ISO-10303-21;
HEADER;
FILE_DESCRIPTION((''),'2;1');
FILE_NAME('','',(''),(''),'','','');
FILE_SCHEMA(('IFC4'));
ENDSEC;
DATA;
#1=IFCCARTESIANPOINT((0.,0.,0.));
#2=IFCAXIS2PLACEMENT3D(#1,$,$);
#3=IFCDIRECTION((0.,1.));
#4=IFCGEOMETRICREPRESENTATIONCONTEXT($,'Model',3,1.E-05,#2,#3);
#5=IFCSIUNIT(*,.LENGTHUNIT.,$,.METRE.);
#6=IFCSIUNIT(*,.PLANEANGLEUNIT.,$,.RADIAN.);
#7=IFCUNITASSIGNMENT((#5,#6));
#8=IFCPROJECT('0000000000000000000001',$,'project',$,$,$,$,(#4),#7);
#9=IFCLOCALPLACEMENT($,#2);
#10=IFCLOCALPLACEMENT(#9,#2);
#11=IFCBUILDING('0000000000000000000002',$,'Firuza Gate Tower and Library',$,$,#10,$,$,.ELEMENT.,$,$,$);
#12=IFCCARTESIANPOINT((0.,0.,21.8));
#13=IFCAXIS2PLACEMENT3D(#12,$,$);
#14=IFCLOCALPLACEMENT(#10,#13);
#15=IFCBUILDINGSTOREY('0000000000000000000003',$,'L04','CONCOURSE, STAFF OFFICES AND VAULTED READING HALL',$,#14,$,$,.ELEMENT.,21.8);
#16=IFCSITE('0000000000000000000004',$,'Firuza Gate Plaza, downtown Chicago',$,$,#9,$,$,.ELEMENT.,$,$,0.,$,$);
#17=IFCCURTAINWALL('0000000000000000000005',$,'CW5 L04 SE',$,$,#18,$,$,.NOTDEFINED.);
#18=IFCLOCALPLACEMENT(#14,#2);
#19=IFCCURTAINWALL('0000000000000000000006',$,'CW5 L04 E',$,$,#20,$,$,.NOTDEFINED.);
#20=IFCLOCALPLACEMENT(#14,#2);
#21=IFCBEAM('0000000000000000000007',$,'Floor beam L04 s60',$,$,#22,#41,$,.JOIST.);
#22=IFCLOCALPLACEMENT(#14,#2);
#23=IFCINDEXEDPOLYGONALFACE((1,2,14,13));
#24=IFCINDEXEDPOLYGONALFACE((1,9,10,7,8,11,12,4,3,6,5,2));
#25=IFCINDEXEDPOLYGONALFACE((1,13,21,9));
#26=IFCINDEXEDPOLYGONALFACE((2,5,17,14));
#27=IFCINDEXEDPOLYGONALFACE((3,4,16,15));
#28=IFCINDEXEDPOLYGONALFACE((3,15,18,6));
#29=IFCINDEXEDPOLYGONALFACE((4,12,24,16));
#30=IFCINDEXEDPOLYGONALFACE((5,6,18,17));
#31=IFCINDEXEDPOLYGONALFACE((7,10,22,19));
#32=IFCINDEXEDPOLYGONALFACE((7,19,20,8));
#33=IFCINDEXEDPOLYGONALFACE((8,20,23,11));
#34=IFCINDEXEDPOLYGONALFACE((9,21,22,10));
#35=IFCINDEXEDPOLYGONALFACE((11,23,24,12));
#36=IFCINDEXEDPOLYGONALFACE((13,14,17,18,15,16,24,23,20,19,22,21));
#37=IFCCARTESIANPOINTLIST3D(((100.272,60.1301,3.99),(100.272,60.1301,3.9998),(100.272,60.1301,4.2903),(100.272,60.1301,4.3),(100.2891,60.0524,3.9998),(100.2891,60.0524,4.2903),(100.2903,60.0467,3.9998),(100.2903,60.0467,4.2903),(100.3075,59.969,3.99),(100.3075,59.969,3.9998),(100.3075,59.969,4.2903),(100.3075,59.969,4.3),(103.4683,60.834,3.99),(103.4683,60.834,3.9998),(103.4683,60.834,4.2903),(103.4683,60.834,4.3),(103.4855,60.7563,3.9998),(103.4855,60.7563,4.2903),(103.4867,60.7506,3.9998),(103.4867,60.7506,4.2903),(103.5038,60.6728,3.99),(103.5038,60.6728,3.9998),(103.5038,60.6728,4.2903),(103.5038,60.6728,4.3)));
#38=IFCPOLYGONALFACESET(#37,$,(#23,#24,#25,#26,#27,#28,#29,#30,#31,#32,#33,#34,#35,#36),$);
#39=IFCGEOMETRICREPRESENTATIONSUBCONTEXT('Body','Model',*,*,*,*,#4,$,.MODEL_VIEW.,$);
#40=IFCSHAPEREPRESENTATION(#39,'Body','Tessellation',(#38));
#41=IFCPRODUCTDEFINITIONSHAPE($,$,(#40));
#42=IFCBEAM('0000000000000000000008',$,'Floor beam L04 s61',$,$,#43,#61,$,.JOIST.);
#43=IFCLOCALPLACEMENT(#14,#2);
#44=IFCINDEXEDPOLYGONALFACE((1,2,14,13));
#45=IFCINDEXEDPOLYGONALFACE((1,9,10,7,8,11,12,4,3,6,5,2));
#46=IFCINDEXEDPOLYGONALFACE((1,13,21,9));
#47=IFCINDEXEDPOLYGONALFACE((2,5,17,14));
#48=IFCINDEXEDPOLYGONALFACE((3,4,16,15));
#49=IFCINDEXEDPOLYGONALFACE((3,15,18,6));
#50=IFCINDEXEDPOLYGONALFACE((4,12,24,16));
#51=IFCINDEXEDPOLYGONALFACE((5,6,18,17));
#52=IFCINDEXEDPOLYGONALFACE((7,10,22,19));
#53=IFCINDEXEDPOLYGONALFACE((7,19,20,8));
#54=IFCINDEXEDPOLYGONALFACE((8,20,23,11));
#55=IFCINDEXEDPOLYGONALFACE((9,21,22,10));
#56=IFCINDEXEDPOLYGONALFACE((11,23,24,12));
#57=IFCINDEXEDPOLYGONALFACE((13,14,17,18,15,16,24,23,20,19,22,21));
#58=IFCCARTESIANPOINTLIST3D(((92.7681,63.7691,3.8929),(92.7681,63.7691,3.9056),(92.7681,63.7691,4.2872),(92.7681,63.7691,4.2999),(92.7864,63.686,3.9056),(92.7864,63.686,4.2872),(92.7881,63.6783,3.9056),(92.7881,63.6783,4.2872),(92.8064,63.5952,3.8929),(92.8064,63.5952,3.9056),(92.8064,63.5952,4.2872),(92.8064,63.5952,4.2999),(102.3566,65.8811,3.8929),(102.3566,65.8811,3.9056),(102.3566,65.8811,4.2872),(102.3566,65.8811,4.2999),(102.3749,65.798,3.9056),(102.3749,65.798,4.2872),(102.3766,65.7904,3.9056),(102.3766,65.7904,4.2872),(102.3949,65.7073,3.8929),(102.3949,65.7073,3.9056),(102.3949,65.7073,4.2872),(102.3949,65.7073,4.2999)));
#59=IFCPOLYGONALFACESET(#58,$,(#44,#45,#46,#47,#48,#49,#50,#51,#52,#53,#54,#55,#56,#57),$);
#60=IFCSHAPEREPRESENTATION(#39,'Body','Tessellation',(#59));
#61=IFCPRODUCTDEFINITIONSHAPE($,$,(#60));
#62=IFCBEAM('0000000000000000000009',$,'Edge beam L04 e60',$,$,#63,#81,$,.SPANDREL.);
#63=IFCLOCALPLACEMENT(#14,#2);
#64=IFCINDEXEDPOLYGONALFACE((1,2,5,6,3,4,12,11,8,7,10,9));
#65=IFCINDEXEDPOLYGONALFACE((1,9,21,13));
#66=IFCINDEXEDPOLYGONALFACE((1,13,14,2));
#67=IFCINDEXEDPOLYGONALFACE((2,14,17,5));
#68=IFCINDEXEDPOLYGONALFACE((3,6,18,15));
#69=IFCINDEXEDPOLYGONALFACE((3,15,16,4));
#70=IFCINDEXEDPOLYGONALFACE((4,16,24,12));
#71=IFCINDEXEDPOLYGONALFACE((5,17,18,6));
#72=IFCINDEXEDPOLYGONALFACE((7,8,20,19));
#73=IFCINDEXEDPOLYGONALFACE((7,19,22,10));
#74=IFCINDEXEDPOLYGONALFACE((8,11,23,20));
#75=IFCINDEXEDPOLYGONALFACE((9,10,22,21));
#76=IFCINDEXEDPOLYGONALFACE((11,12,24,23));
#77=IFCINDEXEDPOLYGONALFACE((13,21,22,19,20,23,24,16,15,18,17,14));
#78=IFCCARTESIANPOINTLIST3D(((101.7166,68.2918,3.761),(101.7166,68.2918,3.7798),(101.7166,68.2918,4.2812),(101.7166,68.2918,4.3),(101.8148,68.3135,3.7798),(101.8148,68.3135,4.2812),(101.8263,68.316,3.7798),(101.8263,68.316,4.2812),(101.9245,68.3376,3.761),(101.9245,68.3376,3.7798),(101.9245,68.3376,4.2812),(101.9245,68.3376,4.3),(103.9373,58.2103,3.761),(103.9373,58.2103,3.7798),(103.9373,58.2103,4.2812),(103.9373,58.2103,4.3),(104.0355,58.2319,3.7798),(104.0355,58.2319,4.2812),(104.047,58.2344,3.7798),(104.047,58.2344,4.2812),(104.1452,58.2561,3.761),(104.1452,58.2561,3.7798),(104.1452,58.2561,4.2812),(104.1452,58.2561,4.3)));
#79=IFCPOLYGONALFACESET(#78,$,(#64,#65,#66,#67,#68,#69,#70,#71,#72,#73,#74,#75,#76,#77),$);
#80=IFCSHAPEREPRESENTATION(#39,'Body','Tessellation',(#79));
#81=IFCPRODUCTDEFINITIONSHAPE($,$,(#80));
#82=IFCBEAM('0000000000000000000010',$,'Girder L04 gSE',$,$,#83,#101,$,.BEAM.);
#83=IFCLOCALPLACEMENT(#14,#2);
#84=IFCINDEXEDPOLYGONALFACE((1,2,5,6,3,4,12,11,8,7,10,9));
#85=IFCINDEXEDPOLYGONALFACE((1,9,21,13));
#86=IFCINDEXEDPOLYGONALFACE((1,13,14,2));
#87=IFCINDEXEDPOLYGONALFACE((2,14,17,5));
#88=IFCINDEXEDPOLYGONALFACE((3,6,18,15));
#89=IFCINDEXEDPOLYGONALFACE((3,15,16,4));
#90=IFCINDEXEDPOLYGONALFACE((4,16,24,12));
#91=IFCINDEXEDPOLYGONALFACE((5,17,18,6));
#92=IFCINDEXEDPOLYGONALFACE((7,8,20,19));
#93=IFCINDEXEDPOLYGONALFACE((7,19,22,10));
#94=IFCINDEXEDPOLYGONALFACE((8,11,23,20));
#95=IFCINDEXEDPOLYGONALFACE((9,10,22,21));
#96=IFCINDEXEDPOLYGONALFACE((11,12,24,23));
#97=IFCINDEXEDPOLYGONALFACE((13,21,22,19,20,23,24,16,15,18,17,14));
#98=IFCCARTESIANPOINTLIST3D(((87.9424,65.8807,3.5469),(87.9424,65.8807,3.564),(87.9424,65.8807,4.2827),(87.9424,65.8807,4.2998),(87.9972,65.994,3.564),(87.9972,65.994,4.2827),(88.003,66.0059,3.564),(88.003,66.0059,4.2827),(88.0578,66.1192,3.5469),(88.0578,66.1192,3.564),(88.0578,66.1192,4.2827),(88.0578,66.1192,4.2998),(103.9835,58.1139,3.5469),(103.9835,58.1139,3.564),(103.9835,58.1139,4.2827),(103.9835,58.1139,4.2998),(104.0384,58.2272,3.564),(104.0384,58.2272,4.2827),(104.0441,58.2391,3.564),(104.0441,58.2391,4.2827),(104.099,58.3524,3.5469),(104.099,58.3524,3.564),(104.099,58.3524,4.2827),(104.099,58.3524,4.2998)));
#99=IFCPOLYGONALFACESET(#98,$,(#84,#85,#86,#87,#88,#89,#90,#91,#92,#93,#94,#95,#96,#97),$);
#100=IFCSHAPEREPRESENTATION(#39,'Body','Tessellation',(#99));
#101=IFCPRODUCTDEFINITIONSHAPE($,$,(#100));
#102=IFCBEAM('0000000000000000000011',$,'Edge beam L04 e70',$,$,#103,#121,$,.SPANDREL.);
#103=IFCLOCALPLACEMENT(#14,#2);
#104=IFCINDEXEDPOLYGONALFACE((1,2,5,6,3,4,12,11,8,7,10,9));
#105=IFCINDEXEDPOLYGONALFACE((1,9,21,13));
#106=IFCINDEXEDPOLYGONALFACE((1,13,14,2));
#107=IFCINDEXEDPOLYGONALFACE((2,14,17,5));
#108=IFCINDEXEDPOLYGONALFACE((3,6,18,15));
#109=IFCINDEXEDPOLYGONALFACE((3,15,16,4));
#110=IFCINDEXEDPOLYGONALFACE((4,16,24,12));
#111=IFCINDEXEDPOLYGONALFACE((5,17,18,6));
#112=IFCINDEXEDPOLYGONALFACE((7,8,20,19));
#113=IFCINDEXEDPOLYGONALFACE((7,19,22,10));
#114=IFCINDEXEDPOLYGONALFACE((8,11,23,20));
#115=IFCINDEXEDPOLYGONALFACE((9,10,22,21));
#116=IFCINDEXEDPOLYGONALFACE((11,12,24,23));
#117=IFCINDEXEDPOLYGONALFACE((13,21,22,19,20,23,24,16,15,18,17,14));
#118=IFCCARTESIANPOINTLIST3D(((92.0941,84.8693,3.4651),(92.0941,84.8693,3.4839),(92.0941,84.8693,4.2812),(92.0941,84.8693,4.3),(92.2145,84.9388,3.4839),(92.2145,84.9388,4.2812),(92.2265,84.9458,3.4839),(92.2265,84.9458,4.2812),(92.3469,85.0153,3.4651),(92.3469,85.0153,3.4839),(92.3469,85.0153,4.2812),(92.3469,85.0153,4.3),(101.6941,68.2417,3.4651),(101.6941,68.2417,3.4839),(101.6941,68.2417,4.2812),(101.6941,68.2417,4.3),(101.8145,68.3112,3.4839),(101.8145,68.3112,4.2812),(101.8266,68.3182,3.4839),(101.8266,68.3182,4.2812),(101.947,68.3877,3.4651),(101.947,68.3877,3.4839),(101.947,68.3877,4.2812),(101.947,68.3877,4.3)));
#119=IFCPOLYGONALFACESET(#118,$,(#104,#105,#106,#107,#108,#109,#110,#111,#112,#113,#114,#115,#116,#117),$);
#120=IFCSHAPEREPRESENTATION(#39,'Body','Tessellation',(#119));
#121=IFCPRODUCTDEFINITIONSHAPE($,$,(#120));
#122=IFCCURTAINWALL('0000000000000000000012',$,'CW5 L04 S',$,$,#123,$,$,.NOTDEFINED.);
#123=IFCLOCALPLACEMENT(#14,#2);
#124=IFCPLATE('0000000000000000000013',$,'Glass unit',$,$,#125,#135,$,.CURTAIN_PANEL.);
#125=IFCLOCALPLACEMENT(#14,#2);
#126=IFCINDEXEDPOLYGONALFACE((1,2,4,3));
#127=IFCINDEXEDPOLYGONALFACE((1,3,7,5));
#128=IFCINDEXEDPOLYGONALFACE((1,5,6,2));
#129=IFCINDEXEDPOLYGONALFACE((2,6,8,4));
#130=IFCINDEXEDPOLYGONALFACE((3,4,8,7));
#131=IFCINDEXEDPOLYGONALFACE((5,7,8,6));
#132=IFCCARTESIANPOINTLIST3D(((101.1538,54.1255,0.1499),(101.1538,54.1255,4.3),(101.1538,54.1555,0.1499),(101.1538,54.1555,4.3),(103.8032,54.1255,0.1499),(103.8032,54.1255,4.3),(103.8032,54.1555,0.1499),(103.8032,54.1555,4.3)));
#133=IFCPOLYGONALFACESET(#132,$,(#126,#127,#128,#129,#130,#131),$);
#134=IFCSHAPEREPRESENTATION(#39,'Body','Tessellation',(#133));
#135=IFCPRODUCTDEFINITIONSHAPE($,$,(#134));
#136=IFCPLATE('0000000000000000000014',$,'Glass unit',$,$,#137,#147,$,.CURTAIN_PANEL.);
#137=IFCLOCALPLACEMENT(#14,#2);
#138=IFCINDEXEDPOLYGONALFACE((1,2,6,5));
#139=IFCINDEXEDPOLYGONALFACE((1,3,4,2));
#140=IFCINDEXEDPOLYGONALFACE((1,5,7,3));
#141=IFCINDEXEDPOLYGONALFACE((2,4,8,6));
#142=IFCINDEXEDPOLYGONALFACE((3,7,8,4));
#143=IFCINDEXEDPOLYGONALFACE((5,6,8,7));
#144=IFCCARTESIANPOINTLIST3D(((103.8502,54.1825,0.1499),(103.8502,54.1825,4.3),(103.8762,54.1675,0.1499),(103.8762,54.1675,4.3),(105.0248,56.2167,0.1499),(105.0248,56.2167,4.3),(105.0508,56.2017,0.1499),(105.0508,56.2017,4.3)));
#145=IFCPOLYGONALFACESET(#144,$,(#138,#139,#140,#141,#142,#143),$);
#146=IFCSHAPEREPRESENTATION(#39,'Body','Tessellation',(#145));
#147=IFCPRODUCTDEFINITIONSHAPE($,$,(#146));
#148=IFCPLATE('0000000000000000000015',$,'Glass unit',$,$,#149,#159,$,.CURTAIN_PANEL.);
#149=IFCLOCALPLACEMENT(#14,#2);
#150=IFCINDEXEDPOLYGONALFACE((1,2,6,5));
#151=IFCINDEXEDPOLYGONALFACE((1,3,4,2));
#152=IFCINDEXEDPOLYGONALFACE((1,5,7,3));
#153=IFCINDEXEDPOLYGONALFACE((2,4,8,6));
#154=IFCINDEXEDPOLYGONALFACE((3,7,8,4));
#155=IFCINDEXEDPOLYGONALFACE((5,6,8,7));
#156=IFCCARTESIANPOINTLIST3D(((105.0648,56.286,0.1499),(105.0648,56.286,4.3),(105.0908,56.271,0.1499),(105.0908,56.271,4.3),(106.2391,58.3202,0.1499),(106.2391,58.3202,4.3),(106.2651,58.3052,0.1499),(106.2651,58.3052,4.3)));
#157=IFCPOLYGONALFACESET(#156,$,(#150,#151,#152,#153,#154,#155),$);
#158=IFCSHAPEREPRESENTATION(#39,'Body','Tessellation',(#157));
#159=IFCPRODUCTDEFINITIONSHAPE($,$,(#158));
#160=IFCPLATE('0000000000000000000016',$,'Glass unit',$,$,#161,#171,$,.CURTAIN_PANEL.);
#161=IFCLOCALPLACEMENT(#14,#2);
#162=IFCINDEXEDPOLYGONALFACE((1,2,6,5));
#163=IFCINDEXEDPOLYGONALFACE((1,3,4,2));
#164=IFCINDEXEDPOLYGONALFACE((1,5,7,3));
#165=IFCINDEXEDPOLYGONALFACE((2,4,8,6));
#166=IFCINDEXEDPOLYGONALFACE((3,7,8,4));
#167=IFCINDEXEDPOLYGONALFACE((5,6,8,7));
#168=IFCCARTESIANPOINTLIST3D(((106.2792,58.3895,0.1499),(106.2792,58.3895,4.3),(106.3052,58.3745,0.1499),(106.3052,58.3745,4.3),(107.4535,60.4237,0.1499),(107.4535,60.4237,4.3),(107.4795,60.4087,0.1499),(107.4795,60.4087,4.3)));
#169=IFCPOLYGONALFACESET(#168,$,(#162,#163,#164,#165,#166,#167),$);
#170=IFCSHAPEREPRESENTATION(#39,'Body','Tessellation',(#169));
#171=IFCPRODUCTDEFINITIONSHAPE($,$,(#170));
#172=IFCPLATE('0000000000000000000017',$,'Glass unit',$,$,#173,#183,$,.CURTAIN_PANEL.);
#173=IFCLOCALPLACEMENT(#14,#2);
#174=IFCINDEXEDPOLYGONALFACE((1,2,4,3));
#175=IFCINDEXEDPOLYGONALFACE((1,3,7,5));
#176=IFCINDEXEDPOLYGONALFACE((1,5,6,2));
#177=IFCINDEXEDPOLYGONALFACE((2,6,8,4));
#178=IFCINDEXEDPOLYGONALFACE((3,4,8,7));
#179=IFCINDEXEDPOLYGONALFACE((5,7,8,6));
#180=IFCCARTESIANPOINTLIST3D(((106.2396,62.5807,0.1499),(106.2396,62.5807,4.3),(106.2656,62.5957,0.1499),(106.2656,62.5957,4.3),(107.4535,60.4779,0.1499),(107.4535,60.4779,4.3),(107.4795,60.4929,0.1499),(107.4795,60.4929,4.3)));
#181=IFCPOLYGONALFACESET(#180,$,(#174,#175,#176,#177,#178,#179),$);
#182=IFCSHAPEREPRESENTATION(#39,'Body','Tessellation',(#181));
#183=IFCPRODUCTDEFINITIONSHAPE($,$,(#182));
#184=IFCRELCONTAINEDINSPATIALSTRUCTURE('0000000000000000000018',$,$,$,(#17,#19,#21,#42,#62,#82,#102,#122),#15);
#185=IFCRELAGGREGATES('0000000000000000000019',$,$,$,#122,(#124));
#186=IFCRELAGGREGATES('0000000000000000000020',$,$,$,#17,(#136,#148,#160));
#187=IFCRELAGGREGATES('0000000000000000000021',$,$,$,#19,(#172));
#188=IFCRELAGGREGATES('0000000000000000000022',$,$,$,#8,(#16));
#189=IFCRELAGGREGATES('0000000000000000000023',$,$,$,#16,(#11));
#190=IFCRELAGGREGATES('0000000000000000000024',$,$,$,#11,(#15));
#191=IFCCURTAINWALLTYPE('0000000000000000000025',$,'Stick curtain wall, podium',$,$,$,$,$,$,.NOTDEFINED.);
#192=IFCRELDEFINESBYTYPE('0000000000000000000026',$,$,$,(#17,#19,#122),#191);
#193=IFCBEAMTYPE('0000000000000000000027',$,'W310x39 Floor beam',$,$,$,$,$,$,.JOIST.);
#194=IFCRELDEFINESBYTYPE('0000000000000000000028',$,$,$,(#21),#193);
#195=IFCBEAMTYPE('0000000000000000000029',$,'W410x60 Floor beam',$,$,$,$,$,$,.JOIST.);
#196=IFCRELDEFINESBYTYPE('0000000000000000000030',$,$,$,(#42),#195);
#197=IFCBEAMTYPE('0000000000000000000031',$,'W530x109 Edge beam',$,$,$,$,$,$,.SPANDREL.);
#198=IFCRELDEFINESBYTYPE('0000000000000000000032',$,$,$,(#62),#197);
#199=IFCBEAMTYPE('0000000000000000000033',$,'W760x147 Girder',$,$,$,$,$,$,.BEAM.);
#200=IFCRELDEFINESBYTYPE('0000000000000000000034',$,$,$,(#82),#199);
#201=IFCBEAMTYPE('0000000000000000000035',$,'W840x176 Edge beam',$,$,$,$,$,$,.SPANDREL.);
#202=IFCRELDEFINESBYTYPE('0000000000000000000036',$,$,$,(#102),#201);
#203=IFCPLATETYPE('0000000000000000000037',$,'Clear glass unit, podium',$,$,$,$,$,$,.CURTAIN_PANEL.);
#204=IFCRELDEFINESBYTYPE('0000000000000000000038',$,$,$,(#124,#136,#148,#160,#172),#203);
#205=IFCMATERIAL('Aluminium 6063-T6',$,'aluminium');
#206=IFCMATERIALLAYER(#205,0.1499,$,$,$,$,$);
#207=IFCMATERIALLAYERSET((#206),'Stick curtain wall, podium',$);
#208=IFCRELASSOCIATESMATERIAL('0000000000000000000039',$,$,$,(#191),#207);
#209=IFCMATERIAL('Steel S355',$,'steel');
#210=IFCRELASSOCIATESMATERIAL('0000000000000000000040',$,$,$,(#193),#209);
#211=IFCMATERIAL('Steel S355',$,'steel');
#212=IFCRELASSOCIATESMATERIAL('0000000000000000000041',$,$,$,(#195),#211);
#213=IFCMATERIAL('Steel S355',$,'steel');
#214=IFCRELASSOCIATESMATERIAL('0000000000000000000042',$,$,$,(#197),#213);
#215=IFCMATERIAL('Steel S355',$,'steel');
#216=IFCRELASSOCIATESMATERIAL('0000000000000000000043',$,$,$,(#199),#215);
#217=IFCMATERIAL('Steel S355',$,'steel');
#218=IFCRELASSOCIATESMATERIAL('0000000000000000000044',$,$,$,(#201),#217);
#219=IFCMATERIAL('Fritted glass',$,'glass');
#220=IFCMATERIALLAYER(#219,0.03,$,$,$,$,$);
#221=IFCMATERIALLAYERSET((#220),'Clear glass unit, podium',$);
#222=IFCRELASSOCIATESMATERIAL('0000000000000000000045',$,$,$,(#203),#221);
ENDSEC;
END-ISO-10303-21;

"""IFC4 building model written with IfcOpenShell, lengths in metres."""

from ifc_helpers import new_model, si_unit, direction, frame, origin, origin_2d, place, context, subcontext, project, spatial, polyline, i_section, outline, extrude, material, layer, layer_set, material_profile, profile_set, type_object, element, aggregate, save


model = new_model("IFC4")

# Units and contexts
model_context = context("Model", 3, precision=1e-05, world=origin(), true_north=direction((0.0, 1.0)))
body_context = subcontext(model_context, "Body", "Model", "MODEL_VIEW")
ifc_project = project(units=[si_unit("LENGTHUNIT", "METRE"), si_unit("PLANEANGLEUNIT", "RADIAN")], contexts=[model_context])

# Site, building, storey
site_placement = place(None, origin())
site = spatial("IfcSite", under=ifc_project, at=site_placement, Name="Firuza Gate Plaza, downtown Chicago", CompositionType="ELEMENT", RefElevation=0.0)
building_placement = place(site_placement, origin())
building = spatial("IfcBuilding", under=site, at=building_placement, Name="Firuza Gate Tower and Library", CompositionType="ELEMENT")
storey_placement = place(building_placement, frame((0.0, 0.0, 21.8)))
storey = spatial("IfcBuildingStorey", under=building, at=storey_placement, Name="L04", Description="CONCOURSE, STAFF OFFICES AND VAULTED READING HALL", CompositionType="ELEMENT", Elevation=21.8)

# Curtain walls
ifc_material_1 = material(Name="Aluminium 6063-T6", Category="aluminium")
ifc_layer_1 = layer(ifc_material_1, 0.1499)
ifc_layer_set_1 = layer_set([ifc_layer_1], Name="Stick curtain wall, podium")
curtain_wall_type = type_object("IfcCurtainWallType", Name="Stick curtain wall, podium", PredefinedType="NOTDEFINED", material=ifc_layer_set_1)
placement = place(storey_placement, origin())
curtain_wall_1 = element("IfcCurtainWall", 1, at=placement, inside=storey, type_object=curtain_wall_type, Name="CW5 L04 SE", PredefinedType="NOTDEFINED")
curtain_wall_2 = element("IfcCurtainWall", 2, at=placement, inside=storey, type_object=curtain_wall_type, Name="CW5 L04 E", PredefinedType="NOTDEFINED")

# Beams
ifc_material_2 = material(Name="Steel S355", Category="steel")
ifc_material_profile_1 = material_profile(ifc_material_2, i_section(OverallWidth=0.165, OverallDepth=0.3101, WebThickness=0.0059, FlangeThickness=0.0098, at=origin_2d()))
ifc_profile_set_1 = profile_set([ifc_material_profile_1], Name="Steel S355")
beam_type_1 = type_object("IfcBeamType", Name="W310x39 Floor beam", PredefinedType="JOIST", material=ifc_profile_set_1)
beam_1_placement = place(storey_placement, frame((103.4861, 60.7534, 4.145), z_axis=(-0.976601, -0.215058, 0.0), x_axis=(0.215058, -0.976601, 0.0)))
element("IfcBeam", 3, at=beam_1_placement, inside=storey, type_object=beam_type_1, Name="Floor beam L04 s60", PredefinedType="JOIST", context=body_context, shape_type="SweptSolid", body=[
    extrude(i_section(OverallWidth=0.165, OverallDepth=0.3101, WebThickness=0.0059, FlangeThickness=0.0098, at=origin_2d()), origin(), (0.0, 0.0, 1.0), 3.2729),
])
ifc_material_3 = material(Name="Steel S355", Category="steel")
ifc_material_profile_2 = material_profile(ifc_material_3, i_section(OverallWidth=0.178, OverallDepth=0.407, WebThickness=0.0078, FlangeThickness=0.0127, at=origin_2d()))
ifc_profile_set_2 = profile_set([ifc_material_profile_2], Name="Steel S355")
beam_type_2 = type_object("IfcBeamType", Name="W410x60 Floor beam", PredefinedType="JOIST", material=ifc_profile_set_2)
beam_2_placement = place(storey_placement, frame((102.3757, 65.7942, 4.0964), z_axis=(-0.97659, -0.215111, 0.0), x_axis=(0.215111, -0.97659, 0.0)))
element("IfcBeam", 4, at=beam_2_placement, inside=storey, type_object=beam_type_2, Name="Floor beam L04 s61", PredefinedType="JOIST", context=body_context, shape_type="SweptSolid", body=[
    extrude(i_section(OverallWidth=0.178, OverallDepth=0.407, WebThickness=0.0078, FlangeThickness=0.0127, at=origin_2d()), origin(), (0.0, 0.0, 1.0), 9.8184),
])
ifc_material_4 = material(Name="Steel S355", Category="steel")
ifc_material_profile_3 = material_profile(ifc_material_4, i_section(OverallWidth=0.2129, OverallDepth=0.5391, WebThickness=0.0117, FlangeThickness=0.0188, at=origin_2d()))
ifc_profile_set_3 = profile_set([ifc_material_profile_3], Name="Steel S355")
beam_type_3 = type_object("IfcBeamType", Name="W530x109 Edge beam", PredefinedType="SPANDREL", material=ifc_profile_set_3)
beam_3_placement = place(storey_placement, frame((104.0413, 58.2332, 4.0305), z_axis=(-0.215117, 0.976588, 0.0), x_axis=(-0.976588, -0.215117, 0.0)))
element("IfcBeam", 5, at=beam_3_placement, inside=storey, type_object=beam_type_3, Name="Edge beam L04 e60", PredefinedType="SPANDREL", context=body_context, shape_type="SweptSolid", body=[
    extrude(i_section(OverallWidth=0.2129, OverallDepth=0.5391, WebThickness=0.0117, FlangeThickness=0.0188, at=origin_2d()), origin(), (0.0, 0.0, 1.0), 10.3232),
])
ifc_material_5 = material(Name="Steel S355", Category="steel")
ifc_material_profile_4 = material_profile(ifc_material_5, i_section(OverallWidth=0.2649, OverallDepth=0.7529, WebThickness=0.0132, FlangeThickness=0.0171, at=origin_2d()))
ifc_profile_set_4 = profile_set([ifc_material_profile_4], Name="Steel S355")
beam_type_4 = type_object("IfcBeamType", Name="W760x147 Girder", PredefinedType="BEAM", material=ifc_profile_set_4)
beam_4_placement = place(storey_placement, frame((104.0413, 58.2332, 3.9233), z_axis=(-0.90005, 0.435786, 0.0), x_axis=(-0.435786, -0.90005, 0.0)))
element("IfcBeam", 6, at=beam_4_placement, inside=storey, type_object=beam_type_4, Name="Girder L04 gSE", PredefinedType="BEAM", context=body_context, shape_type="SweptSolid", body=[
    extrude(i_section(OverallWidth=0.2649, OverallDepth=0.7529, WebThickness=0.0132, FlangeThickness=0.0171, at=origin_2d()), origin(), (0.0, 0.0, 1.0), 17.8225),
])
ifc_material_6 = material(Name="Steel S355", Category="steel")
ifc_material_profile_5 = material_profile(ifc_material_6, i_section(OverallWidth=0.292, OverallDepth=0.835, WebThickness=0.0139, FlangeThickness=0.0188, at=origin_2d()))
ifc_profile_set_5 = profile_set([ifc_material_profile_5], Name="Steel S355")
beam_type_5 = type_object("IfcBeamType", Name="W840x176 Edge beam", PredefinedType="SPANDREL", material=ifc_profile_set_5)
beam_5_placement = place(storey_placement, frame((101.8206, 68.3147, 3.8826), z_axis=(-0.500004, 0.866023, 0.0), x_axis=(-0.866023, -0.500004, 0.0)))
element("IfcBeam", 7, at=beam_5_placement, inside=storey, type_object=beam_type_5, Name="Edge beam L04 e70", PredefinedType="SPANDREL", context=body_context, shape_type="SweptSolid", body=[
    extrude(i_section(OverallWidth=0.292, OverallDepth=0.835, WebThickness=0.0139, FlangeThickness=0.0188, at=origin_2d()), origin(), (0.0, 0.0, 1.0), 19.2),
])

# Curtain wall, plate
curtain_wall_3 = element("IfcCurtainWall", 8, at=placement, inside=storey, type_object=curtain_wall_type, Name="CW5 L04 S", PredefinedType="NOTDEFINED")
ifc_material_7 = material(Name="Fritted glass", Category="glass")
ifc_layer_2 = layer(ifc_material_7, 0.03)
ifc_layer_set_2 = layer_set([ifc_layer_2], Name="Clear glass unit, podium")
plate_type = type_object("IfcPlateType", Name="Clear glass unit, podium", PredefinedType="CURTAIN_PANEL", material=ifc_layer_set_2)
plate_1_placement = place(storey_placement, frame((101.1538, 54.1255, 0.1499), z_axis=(0.0, -1.0, 0.0), x_axis=(1.0, 0.0, 0.0)))
plate_1 = element("IfcPlate", 9, at=plate_1_placement, type_object=plate_type, Name="Glass unit", PredefinedType="CURTAIN_PANEL", context=body_context, shape_type="SweptSolid", body=[
    extrude(outline(polyline([(0.0, 0.0), (2.6494, 0.0), (2.6494, 4.1501), (0.0, 4.1501), (0.0, 0.0)])), origin(), (0.0, 0.0, -1.0), 0.03),
])
aggregate(curtain_wall_3, [plate_1])

# Plates
plate_2_placement = place(storey_placement, frame((103.8762, 54.1675, 0.1499), z_axis=(0.866002, -0.50004, 0.0), x_axis=(0.50004, 0.866002, 0.0)))
plate_2 = element("IfcPlate", 10, at=plate_2_placement, type_object=plate_type, Name="Glass unit", PredefinedType="CURTAIN_PANEL", context=body_context, shape_type="SweptSolid", body=[
    extrude(outline(polyline([(0.0, 0.0), (2.3489, 0.0), (2.3489, 4.1501), (0.0, 4.1501), (0.0, 0.0)])), origin(), (0.0, 0.0, -1.0), 0.03),
])
plate_3_placement = place(storey_placement, frame((105.0908, 56.271, 0.1499), z_axis=(0.866047, -0.499962, 0.0), x_axis=(0.499962, 0.866047, 0.0)))
plate_3 = element("IfcPlate", 11, at=plate_3_placement, type_object=plate_type, Name="Glass unit", PredefinedType="CURTAIN_PANEL", context=body_context, shape_type="SweptSolid", body=[
    extrude(outline(polyline([(0.0, 0.0), (2.3488, 0.0), (2.3488, 4.1501), (0.0, 4.1501), (0.0, 0.0)])), origin(), (0.0, 0.0, -1.0), 0.03),
])
plate_4_placement = place(storey_placement, frame((106.3052, 58.3745, 0.1499), z_axis=(0.866047, -0.499962, 0.0), x_axis=(0.499962, 0.866047, 0.0)))
plate_4 = element("IfcPlate", 12, at=plate_4_placement, type_object=plate_type, Name="Glass unit", PredefinedType="CURTAIN_PANEL", context=body_context, shape_type="SweptSolid", body=[
    extrude(outline(polyline([(0.0, 0.0), (2.3488, 0.0), (2.3488, 4.1501), (0.0, 4.1501), (0.0, 0.0)])), origin(), (0.0, 0.0, -1.0), 0.03),
])
aggregate(curtain_wall_1, [plate_2, plate_3, plate_4])
plate_5_placement = place(storey_placement, frame((107.4795, 60.4929, 0.1499), z_axis=(0.866057, 0.499946, 0.0), x_axis=(-0.499946, 0.866057, 0.0)))
plate_5 = element("IfcPlate", 13, at=plate_5_placement, type_object=plate_type, Name="Glass unit", PredefinedType="CURTAIN_PANEL", context=body_context, shape_type="SweptSolid", body=[
    extrude(outline(polyline([(0.0, 0.0), (2.428, 0.0), (2.428, 4.1501), (0.0, 4.1501), (0.0, 0.0)])), origin(), (0.0, 0.0, -1.0), 0.03),
])
aggregate(curtain_wall_2, [plate_5])

save(model, "model.ifc")
